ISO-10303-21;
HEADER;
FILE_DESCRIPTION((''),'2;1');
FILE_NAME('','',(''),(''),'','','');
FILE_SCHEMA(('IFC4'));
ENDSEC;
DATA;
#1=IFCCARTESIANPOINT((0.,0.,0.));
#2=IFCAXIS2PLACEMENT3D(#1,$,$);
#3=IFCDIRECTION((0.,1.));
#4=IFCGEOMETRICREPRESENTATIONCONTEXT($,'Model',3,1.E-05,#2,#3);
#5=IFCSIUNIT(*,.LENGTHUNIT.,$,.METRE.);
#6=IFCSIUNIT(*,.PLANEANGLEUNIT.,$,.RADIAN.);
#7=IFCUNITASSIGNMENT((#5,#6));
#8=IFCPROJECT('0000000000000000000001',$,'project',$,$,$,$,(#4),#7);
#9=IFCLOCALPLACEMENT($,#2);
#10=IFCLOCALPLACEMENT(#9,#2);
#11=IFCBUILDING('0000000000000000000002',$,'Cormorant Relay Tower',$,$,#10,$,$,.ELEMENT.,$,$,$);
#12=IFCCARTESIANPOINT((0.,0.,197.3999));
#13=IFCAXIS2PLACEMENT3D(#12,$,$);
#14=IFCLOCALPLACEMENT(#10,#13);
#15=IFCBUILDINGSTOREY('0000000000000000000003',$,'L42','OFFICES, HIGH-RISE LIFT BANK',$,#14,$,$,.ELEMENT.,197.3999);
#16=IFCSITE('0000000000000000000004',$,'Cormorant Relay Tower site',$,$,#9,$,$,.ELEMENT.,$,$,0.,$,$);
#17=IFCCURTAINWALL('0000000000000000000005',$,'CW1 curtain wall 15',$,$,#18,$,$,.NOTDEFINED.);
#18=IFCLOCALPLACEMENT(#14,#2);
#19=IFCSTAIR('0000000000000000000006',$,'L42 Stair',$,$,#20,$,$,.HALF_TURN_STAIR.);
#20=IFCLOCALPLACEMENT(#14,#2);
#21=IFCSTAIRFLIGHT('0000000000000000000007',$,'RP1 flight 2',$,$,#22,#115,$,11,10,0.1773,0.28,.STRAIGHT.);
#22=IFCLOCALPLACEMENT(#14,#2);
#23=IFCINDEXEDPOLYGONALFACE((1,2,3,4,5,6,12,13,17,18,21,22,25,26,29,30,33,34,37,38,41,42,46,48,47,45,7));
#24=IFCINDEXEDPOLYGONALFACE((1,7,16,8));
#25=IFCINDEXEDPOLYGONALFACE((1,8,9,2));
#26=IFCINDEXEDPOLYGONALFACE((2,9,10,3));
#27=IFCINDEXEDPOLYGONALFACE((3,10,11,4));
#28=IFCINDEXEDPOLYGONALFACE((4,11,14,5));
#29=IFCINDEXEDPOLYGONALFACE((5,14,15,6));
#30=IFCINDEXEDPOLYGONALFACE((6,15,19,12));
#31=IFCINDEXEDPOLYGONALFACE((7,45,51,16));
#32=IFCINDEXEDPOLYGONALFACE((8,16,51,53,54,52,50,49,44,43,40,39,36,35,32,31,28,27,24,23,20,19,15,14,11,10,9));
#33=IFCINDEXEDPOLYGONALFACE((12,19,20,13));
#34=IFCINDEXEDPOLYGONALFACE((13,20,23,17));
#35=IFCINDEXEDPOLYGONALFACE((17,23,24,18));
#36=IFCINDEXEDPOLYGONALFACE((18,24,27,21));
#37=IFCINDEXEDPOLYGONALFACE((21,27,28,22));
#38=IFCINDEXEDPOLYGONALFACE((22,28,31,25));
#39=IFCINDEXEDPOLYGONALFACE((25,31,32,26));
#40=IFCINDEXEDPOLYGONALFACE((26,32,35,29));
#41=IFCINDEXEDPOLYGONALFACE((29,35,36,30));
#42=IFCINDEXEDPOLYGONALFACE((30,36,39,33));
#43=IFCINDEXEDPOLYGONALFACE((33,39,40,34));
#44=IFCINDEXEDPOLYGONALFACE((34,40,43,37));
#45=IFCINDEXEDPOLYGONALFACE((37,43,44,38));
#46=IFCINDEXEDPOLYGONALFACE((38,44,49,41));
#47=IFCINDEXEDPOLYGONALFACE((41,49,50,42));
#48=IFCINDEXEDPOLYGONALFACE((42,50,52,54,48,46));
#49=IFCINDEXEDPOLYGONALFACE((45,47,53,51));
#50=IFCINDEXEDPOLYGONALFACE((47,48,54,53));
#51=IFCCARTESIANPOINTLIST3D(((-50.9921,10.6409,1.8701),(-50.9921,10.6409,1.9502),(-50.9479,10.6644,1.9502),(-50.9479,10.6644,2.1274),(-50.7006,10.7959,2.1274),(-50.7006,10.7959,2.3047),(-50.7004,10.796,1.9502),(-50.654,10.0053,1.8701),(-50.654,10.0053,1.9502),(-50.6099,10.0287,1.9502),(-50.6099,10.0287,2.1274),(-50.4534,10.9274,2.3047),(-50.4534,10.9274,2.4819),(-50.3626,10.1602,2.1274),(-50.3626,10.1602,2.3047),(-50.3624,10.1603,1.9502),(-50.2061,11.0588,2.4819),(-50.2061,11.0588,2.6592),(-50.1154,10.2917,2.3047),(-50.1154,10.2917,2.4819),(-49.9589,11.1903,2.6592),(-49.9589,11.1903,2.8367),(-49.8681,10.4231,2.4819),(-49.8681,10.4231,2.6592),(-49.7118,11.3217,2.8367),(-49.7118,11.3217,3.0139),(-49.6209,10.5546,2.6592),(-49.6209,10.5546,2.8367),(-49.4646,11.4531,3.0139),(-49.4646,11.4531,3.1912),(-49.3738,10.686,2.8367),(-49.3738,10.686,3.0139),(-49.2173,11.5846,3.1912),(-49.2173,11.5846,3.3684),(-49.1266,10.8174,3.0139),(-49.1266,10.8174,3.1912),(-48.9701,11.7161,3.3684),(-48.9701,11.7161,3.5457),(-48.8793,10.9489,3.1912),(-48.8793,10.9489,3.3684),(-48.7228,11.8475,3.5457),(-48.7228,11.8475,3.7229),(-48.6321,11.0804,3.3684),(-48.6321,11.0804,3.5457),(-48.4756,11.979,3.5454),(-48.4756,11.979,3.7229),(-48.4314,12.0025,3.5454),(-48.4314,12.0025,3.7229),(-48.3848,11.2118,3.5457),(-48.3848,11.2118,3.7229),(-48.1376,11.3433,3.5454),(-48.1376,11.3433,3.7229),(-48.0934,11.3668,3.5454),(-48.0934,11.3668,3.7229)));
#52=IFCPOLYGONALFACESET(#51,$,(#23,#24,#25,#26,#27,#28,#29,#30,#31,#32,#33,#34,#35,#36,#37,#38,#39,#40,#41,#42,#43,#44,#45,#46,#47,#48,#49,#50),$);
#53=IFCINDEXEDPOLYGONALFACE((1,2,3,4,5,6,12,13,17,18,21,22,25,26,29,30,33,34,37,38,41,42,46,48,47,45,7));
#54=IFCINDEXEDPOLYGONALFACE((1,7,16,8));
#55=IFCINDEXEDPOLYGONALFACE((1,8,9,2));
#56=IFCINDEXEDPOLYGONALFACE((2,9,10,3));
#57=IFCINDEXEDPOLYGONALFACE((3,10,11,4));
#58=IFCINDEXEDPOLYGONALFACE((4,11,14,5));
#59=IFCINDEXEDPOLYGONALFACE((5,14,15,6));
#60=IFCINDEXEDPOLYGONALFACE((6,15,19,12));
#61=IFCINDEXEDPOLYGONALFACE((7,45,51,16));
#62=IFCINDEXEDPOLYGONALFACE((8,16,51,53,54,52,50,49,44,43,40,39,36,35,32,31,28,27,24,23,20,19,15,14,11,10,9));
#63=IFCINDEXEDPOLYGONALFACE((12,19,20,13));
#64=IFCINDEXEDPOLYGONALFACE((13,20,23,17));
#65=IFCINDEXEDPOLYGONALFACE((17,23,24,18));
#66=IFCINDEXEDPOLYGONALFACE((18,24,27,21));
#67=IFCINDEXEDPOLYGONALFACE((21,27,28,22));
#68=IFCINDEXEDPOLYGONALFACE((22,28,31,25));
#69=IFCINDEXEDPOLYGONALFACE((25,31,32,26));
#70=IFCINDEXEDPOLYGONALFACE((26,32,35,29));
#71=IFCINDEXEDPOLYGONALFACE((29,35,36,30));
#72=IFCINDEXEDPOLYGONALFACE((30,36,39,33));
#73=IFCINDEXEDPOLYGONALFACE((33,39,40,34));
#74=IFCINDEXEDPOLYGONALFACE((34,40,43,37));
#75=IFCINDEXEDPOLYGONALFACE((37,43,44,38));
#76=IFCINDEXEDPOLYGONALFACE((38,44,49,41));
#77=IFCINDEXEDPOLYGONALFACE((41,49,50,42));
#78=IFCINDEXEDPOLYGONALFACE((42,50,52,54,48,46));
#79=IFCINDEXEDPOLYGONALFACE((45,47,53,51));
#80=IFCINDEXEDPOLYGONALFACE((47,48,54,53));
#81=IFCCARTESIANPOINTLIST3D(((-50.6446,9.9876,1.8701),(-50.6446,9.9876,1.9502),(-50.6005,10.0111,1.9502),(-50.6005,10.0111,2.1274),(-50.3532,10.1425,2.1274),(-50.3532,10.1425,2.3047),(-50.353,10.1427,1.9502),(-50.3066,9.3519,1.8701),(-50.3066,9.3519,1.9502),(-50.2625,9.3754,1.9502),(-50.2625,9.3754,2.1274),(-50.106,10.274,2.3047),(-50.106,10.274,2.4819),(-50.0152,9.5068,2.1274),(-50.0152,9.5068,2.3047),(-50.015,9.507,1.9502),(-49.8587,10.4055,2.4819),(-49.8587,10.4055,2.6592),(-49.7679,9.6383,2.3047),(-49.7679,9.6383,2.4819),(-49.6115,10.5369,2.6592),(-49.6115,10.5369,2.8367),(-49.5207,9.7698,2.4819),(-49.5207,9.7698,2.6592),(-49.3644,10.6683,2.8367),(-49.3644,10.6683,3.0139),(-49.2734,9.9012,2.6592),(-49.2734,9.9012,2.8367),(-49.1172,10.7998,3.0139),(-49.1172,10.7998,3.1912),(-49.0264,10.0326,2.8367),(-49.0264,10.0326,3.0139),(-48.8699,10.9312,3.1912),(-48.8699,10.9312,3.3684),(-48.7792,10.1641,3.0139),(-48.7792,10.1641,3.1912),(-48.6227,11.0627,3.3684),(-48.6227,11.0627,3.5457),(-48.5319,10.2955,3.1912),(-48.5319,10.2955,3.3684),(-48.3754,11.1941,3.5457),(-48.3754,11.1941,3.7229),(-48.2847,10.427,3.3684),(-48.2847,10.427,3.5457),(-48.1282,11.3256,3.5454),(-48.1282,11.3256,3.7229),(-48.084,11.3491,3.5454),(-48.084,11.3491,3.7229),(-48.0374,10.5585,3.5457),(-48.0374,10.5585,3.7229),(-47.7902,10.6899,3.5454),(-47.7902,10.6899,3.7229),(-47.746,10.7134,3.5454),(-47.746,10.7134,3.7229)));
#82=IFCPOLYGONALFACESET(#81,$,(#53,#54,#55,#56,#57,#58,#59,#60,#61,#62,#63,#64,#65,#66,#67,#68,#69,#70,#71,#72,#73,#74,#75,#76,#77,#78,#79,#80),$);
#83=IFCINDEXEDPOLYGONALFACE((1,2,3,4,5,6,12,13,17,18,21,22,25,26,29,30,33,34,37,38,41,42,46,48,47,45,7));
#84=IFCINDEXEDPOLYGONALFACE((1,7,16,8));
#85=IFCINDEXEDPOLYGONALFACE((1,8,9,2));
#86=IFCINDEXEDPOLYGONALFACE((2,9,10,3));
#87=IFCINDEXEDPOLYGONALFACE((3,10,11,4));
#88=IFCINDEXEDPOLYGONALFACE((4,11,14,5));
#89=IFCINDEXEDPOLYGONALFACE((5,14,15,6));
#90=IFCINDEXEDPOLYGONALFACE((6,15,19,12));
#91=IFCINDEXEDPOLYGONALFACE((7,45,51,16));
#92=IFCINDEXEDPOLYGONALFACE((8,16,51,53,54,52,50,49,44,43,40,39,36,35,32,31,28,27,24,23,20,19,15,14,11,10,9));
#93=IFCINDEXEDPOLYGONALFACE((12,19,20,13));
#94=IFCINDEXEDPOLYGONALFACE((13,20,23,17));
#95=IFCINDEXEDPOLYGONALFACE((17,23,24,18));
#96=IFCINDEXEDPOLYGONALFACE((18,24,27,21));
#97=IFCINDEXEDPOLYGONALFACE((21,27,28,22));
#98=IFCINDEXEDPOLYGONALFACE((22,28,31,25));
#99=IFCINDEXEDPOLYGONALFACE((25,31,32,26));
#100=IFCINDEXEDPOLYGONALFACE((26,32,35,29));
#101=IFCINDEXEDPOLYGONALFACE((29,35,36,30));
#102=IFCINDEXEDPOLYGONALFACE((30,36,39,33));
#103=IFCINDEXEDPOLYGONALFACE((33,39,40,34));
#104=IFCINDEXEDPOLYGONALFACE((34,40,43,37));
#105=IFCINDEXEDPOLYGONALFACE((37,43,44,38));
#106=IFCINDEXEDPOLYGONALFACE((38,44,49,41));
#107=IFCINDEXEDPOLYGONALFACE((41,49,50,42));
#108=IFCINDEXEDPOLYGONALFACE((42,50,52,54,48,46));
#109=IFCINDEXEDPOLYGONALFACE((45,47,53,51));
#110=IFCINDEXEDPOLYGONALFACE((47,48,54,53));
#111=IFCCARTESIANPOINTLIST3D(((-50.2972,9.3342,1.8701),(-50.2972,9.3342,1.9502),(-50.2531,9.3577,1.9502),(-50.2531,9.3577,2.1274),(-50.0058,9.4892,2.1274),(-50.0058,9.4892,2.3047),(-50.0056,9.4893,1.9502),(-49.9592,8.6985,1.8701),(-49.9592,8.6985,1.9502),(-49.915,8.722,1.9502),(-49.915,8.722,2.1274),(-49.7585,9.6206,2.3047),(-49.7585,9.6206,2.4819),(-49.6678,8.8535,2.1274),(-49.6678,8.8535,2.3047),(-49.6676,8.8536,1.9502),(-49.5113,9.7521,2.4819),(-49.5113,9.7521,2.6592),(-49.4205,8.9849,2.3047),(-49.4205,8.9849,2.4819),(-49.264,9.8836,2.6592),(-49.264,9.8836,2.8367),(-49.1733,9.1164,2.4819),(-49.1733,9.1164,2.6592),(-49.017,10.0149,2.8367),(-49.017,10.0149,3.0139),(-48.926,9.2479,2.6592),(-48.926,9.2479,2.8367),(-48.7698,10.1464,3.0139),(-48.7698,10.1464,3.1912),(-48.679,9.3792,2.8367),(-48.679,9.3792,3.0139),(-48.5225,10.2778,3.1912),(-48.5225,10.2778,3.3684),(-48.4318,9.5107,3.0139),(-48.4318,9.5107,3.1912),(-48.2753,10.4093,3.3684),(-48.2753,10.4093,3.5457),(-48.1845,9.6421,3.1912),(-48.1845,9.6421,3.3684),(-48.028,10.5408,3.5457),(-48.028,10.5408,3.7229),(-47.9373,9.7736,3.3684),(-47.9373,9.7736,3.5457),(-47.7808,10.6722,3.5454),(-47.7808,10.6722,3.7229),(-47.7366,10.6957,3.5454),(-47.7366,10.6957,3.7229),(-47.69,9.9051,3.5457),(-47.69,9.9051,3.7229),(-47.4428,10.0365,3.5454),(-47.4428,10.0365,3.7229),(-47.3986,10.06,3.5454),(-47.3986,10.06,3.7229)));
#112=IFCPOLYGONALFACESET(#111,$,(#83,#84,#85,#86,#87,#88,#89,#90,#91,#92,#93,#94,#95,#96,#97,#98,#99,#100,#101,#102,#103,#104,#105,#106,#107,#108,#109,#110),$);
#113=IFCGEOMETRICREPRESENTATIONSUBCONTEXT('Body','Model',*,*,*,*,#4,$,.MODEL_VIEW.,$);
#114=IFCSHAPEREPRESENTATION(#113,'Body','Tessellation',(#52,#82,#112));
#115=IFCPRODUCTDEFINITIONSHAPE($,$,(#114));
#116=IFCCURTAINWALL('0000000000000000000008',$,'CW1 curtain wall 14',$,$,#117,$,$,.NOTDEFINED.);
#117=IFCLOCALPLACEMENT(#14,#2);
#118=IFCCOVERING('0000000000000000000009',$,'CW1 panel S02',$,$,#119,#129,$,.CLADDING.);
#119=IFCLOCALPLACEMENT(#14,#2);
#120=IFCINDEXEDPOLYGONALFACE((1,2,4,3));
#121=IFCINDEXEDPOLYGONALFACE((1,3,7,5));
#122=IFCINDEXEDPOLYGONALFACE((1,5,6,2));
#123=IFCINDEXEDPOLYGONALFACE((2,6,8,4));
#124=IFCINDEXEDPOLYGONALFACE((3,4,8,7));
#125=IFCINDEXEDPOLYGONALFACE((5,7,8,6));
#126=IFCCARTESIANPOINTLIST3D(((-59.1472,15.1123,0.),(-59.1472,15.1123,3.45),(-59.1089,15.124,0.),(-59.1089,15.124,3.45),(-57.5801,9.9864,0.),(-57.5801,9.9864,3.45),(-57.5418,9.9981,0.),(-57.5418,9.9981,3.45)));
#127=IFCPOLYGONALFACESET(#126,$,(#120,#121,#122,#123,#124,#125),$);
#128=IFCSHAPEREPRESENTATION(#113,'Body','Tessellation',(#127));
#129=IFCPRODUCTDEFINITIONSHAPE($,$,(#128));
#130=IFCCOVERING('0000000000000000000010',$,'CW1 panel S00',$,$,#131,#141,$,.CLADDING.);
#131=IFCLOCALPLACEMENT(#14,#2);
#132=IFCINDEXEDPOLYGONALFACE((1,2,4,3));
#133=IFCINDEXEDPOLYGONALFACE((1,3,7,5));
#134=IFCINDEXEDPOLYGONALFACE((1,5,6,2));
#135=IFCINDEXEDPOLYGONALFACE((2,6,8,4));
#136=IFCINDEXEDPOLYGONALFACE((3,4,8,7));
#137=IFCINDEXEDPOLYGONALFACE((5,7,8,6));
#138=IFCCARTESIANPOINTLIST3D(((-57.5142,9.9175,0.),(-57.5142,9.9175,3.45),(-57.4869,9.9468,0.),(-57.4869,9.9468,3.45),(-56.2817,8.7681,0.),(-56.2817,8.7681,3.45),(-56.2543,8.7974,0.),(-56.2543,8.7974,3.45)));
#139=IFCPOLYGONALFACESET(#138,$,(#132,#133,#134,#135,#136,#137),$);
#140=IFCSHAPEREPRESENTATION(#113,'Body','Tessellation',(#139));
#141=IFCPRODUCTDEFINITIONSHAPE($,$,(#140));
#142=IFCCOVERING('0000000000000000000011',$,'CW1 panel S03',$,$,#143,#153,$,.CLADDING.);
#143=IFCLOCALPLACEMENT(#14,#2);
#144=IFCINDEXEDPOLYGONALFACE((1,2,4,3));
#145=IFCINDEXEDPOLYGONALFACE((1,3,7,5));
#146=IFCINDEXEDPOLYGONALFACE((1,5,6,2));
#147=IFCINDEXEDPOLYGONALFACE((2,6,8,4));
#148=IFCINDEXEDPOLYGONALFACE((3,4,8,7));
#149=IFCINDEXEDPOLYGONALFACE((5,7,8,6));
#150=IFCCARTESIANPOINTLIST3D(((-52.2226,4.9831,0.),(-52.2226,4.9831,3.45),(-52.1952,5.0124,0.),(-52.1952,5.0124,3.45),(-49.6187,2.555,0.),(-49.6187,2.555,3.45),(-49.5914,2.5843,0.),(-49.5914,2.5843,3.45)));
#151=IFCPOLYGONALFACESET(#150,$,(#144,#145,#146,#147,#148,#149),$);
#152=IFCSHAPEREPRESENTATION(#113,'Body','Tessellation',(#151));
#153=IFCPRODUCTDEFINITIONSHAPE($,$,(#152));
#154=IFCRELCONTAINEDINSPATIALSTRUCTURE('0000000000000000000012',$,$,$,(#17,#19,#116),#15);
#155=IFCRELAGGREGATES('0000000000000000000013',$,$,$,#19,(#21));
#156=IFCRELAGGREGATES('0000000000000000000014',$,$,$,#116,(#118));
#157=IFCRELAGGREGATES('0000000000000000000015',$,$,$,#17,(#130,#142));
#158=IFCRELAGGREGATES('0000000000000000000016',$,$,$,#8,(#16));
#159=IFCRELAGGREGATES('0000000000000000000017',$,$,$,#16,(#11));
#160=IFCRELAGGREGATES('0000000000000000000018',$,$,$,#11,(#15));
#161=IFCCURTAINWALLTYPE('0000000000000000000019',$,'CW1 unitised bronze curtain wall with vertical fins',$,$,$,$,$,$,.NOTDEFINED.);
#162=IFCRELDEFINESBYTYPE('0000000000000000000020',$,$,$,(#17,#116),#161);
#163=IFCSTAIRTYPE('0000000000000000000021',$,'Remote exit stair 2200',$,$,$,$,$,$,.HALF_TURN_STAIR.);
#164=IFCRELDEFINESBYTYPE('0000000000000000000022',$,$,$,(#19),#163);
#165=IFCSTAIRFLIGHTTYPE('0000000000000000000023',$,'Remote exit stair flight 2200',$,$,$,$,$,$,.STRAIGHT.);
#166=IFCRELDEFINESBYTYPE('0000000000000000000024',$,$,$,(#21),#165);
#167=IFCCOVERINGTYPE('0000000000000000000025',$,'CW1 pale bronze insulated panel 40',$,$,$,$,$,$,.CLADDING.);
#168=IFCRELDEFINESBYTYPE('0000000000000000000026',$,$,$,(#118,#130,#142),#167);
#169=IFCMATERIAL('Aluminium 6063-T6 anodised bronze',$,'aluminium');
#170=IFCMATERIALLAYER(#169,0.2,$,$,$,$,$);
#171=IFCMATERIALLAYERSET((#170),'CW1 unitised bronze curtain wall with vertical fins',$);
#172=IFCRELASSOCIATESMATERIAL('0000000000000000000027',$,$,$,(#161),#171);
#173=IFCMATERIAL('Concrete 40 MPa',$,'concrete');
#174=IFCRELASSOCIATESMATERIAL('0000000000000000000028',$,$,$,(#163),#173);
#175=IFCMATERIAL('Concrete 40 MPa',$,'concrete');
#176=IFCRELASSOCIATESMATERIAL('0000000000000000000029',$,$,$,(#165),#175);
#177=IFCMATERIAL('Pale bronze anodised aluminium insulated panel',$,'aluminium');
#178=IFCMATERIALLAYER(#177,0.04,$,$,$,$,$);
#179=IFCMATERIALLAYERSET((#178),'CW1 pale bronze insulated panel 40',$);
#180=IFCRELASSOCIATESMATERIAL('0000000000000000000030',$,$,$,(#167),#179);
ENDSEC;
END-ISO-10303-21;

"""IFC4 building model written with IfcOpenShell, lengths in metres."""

from ifc_helpers import new_model, si_unit, direction, frame, origin, origin_2d, place, context, subcontext, project, spatial, polyline, rectangle, outline, extrude, material, layer, layer_set, type_object, element, aggregate, save


model = new_model("IFC4")

# Units and contexts
model_context = context("Model", 3, precision=1e-05, world=origin(), true_north=direction((0.0, 1.0)))
body_context = subcontext(model_context, "Body", "Model", "MODEL_VIEW")
ifc_project = project(units=[si_unit("LENGTHUNIT", "METRE"), si_unit("PLANEANGLEUNIT", "RADIAN")], contexts=[model_context])

# Site, building, storey
site_placement = place(None, origin())
site = spatial("IfcSite", under=ifc_project, at=site_placement, Name="Cormorant Relay Tower site", CompositionType="ELEMENT", RefElevation=0.0)
building_placement = place(site_placement, origin())
building = spatial("IfcBuilding", under=site, at=building_placement, Name="Cormorant Relay Tower", CompositionType="ELEMENT")
storey_placement = place(building_placement, frame((0.0, 0.0, 197.3999)))
storey = spatial("IfcBuildingStorey", under=building, at=storey_placement, Name="L42", Description="OFFICES, HIGH-RISE LIFT BANK", CompositionType="ELEMENT", Elevation=197.3999)

# Curtain wall
ifc_material_1 = material(Name="Aluminium 6063-T6 anodised bronze", Category="aluminium")
ifc_layer_1 = layer(ifc_material_1, 0.2)
ifc_layer_set_1 = layer_set([ifc_layer_1], Name="CW1 unitised bronze curtain wall with vertical fins")
curtain_wall_type = type_object("IfcCurtainWallType", Name="CW1 unitised bronze curtain wall with vertical fins", PredefinedType="NOTDEFINED", material=ifc_layer_set_1)
curtain_wall_1_placement = place(storey_placement, origin())
curtain_wall_1 = element("IfcCurtainWall", 1, at=curtain_wall_1_placement, inside=storey, type_object=curtain_wall_type, Name="CW1 curtain wall 15", PredefinedType="NOTDEFINED")

# Stair, stair flight
ifc_material_2 = material(Name="Concrete 40 MPa", Category="concrete")
stair_type = type_object("IfcStairType", Name="Remote exit stair 2200", PredefinedType="HALF_TURN_STAIR", material=ifc_material_2)
stair_placement = place(storey_placement, origin())
stair = element("IfcStair", 2, at=stair_placement, inside=storey, type_object=stair_type, Name="L42 Stair", PredefinedType="HALF_TURN_STAIR")
ifc_material_3 = material(Name="Concrete 40 MPa", Category="concrete")
stair_flight_type = type_object("IfcStairFlightType", Name="Remote exit stair flight 2200", PredefinedType="STRAIGHT", material=ifc_material_3)
stair_flight_1_placement = place(storey_placement, frame((-50.4314, 9.6931, 1.9502), z_axis=(0.0, 0.0, 1.0), x_axis=(0.882948, 0.469472, 0.0)))
stair_flight_1 = element("IfcStairFlight", 3, at=stair_flight_1_placement, type_object=stair_flight_type, Name="RP1 flight 2", NumberOfRisers=11, NumberOfTreads=10, PredefinedType="STRAIGHT", RiserHeight=0.1773, TreadLength=0.28, context=body_context, shape_type="SweptSolid", body=[
    extrude(outline(polyline([(-0.05, -0.0801), (-0.05, 0.0), (0.0, 0.0), (0.0, 0.1772), (0.28, 0.1772), (0.28, 0.3545), (0.5601, 0.3545), (0.5601, 0.5317), (0.8401, 0.5317), (0.8401, 0.709), (1.1201, 0.709), (1.1201, 0.8865), (1.3999, 0.8865), (1.3999, 1.0637), (1.6799, 1.0637), (1.6799, 1.241), (1.96, 1.241), (1.96, 1.4182), (2.24, 1.4182), (2.24, 1.5955), (2.52, 1.5955), (2.52, 1.7727), (2.8, 1.7727), (2.8501, 1.7727), (2.8501, 1.5952), (2.8, 1.5952), (0.2803, 0.0), (-0.05, -0.0801)])), frame((0.0, 1.1001, 0.0), z_axis=(0.0, -1.0, 0.0), x_axis=(1.0, 0.0, 0.0)), (0.0, 0.0, 1.0), 0.72),
    extrude(outline(polyline([(-0.05, -0.0801), (-0.05, 0.0), (0.0, 0.0), (0.0, 0.1772), (0.28, 0.1772), (0.28, 0.3545), (0.5601, 0.3545), (0.5601, 0.5317), (0.8401, 0.5317), (0.8401, 0.709), (1.1201, 0.709), (1.1201, 0.8865), (1.3999, 0.8865), (1.3999, 1.0637), (1.6799, 1.0637), (1.6799, 1.241), (1.96, 1.241), (1.96, 1.4182), (2.24, 1.4182), (2.24, 1.5955), (2.52, 1.5955), (2.52, 1.7727), (2.8, 1.7727), (2.8501, 1.7727), (2.8501, 1.5952), (2.8, 1.5952), (0.2803, 0.0), (-0.05, -0.0801)])), frame((0.0, 0.3601, 0.0), z_axis=(0.0, -1.0, 0.0), x_axis=(1.0, 0.0, 0.0)), (0.0, 0.0, 1.0), 0.72),
    extrude(outline(polyline([(-0.05, -0.0801), (-0.05, 0.0), (0.0, 0.0), (0.0, 0.1772), (0.28, 0.1772), (0.28, 0.3545), (0.5601, 0.3545), (0.5601, 0.5317), (0.8401, 0.5317), (0.8401, 0.709), (1.1201, 0.709), (1.1201, 0.8865), (1.3999, 0.8865), (1.3999, 1.0637), (1.6799, 1.0637), (1.6799, 1.241), (1.96, 1.241), (1.96, 1.4182), (2.24, 1.4182), (2.24, 1.5955), (2.52, 1.5955), (2.52, 1.7727), (2.8, 1.7727), (2.8501, 1.7727), (2.8501, 1.5952), (2.8, 1.5952), (0.2803, 0.0), (-0.05, -0.0801)])), frame((0.0, -0.3799, 0.0), z_axis=(0.0, -1.0, 0.0), x_axis=(1.0, 0.0, 0.0)), (0.0, 0.0, 1.0), 0.72),
])
aggregate(stair, [stair_flight_1])

# Curtain wall, covering
curtain_wall_2_placement = place(storey_placement, origin())
curtain_wall_2 = element("IfcCurtainWall", 4, at=curtain_wall_2_placement, inside=storey, type_object=curtain_wall_type, Name="CW1 curtain wall 14", PredefinedType="NOTDEFINED")
ifc_material_4 = material(Name="Pale bronze anodised aluminium insulated panel", Category="aluminium")
ifc_layer_2 = layer(ifc_material_4, 0.04)
ifc_layer_set_2 = layer_set([ifc_layer_2], Name="CW1 pale bronze insulated panel 40")
covering_type = type_object("IfcCoveringType", Name="CW1 pale bronze insulated panel 40", PredefinedType="CLADDING", material=ifc_layer_set_2)
covering_1_placement = place(storey_placement, frame((-58.3445, 12.5552, 0.0), z_axis=(0.0, 0.0, 1.0), x_axis=(0.292372, -0.956305, 0.0)))
covering_1 = element("IfcCovering", 5, at=covering_1_placement, type_object=covering_type, Name="CW1 panel S02", PredefinedType="CLADDING", context=body_context, shape_type="SweptSolid", body=[
    extrude(rectangle(XDim=5.3601, YDim=0.04, at=origin_2d()), origin(), (0.0, 0.0, 1.0), 3.45),
])
aggregate(curtain_wall_2, [covering_1])

# Coverings
covering_2_placement = place(storey_placement, frame((-56.8843, 9.3574, 0.0), z_axis=(0.0, 0.0, 1.0), x_axis=(0.731354, -0.681998, 0.0)))
covering_2 = element("IfcCovering", 6, at=covering_2_placement, type_object=covering_type, Name="CW1 panel S00", PredefinedType="CLADDING", context=body_context, shape_type="SweptSolid", body=[
    extrude(rectangle(XDim=1.6853, YDim=0.04, at=origin_2d()), origin(), (0.0, 0.0, 1.0), 3.45),
])
covering_3_placement = place(storey_placement, frame((-50.907, 3.7837, 0.0), z_axis=(0.0, 0.0, 1.0), x_axis=(0.731354, -0.681998, 0.0)))
covering_3 = element("IfcCovering", 7, at=covering_3_placement, type_object=covering_type, Name="CW1 panel S03", PredefinedType="CLADDING", context=body_context, shape_type="SweptSolid", body=[
    extrude(rectangle(XDim=3.5603, YDim=0.04, at=origin_2d()), origin(), (0.0, 0.0, 1.0), 3.45),
])
aggregate(curtain_wall_1, [covering_2, covering_3])

save(model, "model.ifc")
